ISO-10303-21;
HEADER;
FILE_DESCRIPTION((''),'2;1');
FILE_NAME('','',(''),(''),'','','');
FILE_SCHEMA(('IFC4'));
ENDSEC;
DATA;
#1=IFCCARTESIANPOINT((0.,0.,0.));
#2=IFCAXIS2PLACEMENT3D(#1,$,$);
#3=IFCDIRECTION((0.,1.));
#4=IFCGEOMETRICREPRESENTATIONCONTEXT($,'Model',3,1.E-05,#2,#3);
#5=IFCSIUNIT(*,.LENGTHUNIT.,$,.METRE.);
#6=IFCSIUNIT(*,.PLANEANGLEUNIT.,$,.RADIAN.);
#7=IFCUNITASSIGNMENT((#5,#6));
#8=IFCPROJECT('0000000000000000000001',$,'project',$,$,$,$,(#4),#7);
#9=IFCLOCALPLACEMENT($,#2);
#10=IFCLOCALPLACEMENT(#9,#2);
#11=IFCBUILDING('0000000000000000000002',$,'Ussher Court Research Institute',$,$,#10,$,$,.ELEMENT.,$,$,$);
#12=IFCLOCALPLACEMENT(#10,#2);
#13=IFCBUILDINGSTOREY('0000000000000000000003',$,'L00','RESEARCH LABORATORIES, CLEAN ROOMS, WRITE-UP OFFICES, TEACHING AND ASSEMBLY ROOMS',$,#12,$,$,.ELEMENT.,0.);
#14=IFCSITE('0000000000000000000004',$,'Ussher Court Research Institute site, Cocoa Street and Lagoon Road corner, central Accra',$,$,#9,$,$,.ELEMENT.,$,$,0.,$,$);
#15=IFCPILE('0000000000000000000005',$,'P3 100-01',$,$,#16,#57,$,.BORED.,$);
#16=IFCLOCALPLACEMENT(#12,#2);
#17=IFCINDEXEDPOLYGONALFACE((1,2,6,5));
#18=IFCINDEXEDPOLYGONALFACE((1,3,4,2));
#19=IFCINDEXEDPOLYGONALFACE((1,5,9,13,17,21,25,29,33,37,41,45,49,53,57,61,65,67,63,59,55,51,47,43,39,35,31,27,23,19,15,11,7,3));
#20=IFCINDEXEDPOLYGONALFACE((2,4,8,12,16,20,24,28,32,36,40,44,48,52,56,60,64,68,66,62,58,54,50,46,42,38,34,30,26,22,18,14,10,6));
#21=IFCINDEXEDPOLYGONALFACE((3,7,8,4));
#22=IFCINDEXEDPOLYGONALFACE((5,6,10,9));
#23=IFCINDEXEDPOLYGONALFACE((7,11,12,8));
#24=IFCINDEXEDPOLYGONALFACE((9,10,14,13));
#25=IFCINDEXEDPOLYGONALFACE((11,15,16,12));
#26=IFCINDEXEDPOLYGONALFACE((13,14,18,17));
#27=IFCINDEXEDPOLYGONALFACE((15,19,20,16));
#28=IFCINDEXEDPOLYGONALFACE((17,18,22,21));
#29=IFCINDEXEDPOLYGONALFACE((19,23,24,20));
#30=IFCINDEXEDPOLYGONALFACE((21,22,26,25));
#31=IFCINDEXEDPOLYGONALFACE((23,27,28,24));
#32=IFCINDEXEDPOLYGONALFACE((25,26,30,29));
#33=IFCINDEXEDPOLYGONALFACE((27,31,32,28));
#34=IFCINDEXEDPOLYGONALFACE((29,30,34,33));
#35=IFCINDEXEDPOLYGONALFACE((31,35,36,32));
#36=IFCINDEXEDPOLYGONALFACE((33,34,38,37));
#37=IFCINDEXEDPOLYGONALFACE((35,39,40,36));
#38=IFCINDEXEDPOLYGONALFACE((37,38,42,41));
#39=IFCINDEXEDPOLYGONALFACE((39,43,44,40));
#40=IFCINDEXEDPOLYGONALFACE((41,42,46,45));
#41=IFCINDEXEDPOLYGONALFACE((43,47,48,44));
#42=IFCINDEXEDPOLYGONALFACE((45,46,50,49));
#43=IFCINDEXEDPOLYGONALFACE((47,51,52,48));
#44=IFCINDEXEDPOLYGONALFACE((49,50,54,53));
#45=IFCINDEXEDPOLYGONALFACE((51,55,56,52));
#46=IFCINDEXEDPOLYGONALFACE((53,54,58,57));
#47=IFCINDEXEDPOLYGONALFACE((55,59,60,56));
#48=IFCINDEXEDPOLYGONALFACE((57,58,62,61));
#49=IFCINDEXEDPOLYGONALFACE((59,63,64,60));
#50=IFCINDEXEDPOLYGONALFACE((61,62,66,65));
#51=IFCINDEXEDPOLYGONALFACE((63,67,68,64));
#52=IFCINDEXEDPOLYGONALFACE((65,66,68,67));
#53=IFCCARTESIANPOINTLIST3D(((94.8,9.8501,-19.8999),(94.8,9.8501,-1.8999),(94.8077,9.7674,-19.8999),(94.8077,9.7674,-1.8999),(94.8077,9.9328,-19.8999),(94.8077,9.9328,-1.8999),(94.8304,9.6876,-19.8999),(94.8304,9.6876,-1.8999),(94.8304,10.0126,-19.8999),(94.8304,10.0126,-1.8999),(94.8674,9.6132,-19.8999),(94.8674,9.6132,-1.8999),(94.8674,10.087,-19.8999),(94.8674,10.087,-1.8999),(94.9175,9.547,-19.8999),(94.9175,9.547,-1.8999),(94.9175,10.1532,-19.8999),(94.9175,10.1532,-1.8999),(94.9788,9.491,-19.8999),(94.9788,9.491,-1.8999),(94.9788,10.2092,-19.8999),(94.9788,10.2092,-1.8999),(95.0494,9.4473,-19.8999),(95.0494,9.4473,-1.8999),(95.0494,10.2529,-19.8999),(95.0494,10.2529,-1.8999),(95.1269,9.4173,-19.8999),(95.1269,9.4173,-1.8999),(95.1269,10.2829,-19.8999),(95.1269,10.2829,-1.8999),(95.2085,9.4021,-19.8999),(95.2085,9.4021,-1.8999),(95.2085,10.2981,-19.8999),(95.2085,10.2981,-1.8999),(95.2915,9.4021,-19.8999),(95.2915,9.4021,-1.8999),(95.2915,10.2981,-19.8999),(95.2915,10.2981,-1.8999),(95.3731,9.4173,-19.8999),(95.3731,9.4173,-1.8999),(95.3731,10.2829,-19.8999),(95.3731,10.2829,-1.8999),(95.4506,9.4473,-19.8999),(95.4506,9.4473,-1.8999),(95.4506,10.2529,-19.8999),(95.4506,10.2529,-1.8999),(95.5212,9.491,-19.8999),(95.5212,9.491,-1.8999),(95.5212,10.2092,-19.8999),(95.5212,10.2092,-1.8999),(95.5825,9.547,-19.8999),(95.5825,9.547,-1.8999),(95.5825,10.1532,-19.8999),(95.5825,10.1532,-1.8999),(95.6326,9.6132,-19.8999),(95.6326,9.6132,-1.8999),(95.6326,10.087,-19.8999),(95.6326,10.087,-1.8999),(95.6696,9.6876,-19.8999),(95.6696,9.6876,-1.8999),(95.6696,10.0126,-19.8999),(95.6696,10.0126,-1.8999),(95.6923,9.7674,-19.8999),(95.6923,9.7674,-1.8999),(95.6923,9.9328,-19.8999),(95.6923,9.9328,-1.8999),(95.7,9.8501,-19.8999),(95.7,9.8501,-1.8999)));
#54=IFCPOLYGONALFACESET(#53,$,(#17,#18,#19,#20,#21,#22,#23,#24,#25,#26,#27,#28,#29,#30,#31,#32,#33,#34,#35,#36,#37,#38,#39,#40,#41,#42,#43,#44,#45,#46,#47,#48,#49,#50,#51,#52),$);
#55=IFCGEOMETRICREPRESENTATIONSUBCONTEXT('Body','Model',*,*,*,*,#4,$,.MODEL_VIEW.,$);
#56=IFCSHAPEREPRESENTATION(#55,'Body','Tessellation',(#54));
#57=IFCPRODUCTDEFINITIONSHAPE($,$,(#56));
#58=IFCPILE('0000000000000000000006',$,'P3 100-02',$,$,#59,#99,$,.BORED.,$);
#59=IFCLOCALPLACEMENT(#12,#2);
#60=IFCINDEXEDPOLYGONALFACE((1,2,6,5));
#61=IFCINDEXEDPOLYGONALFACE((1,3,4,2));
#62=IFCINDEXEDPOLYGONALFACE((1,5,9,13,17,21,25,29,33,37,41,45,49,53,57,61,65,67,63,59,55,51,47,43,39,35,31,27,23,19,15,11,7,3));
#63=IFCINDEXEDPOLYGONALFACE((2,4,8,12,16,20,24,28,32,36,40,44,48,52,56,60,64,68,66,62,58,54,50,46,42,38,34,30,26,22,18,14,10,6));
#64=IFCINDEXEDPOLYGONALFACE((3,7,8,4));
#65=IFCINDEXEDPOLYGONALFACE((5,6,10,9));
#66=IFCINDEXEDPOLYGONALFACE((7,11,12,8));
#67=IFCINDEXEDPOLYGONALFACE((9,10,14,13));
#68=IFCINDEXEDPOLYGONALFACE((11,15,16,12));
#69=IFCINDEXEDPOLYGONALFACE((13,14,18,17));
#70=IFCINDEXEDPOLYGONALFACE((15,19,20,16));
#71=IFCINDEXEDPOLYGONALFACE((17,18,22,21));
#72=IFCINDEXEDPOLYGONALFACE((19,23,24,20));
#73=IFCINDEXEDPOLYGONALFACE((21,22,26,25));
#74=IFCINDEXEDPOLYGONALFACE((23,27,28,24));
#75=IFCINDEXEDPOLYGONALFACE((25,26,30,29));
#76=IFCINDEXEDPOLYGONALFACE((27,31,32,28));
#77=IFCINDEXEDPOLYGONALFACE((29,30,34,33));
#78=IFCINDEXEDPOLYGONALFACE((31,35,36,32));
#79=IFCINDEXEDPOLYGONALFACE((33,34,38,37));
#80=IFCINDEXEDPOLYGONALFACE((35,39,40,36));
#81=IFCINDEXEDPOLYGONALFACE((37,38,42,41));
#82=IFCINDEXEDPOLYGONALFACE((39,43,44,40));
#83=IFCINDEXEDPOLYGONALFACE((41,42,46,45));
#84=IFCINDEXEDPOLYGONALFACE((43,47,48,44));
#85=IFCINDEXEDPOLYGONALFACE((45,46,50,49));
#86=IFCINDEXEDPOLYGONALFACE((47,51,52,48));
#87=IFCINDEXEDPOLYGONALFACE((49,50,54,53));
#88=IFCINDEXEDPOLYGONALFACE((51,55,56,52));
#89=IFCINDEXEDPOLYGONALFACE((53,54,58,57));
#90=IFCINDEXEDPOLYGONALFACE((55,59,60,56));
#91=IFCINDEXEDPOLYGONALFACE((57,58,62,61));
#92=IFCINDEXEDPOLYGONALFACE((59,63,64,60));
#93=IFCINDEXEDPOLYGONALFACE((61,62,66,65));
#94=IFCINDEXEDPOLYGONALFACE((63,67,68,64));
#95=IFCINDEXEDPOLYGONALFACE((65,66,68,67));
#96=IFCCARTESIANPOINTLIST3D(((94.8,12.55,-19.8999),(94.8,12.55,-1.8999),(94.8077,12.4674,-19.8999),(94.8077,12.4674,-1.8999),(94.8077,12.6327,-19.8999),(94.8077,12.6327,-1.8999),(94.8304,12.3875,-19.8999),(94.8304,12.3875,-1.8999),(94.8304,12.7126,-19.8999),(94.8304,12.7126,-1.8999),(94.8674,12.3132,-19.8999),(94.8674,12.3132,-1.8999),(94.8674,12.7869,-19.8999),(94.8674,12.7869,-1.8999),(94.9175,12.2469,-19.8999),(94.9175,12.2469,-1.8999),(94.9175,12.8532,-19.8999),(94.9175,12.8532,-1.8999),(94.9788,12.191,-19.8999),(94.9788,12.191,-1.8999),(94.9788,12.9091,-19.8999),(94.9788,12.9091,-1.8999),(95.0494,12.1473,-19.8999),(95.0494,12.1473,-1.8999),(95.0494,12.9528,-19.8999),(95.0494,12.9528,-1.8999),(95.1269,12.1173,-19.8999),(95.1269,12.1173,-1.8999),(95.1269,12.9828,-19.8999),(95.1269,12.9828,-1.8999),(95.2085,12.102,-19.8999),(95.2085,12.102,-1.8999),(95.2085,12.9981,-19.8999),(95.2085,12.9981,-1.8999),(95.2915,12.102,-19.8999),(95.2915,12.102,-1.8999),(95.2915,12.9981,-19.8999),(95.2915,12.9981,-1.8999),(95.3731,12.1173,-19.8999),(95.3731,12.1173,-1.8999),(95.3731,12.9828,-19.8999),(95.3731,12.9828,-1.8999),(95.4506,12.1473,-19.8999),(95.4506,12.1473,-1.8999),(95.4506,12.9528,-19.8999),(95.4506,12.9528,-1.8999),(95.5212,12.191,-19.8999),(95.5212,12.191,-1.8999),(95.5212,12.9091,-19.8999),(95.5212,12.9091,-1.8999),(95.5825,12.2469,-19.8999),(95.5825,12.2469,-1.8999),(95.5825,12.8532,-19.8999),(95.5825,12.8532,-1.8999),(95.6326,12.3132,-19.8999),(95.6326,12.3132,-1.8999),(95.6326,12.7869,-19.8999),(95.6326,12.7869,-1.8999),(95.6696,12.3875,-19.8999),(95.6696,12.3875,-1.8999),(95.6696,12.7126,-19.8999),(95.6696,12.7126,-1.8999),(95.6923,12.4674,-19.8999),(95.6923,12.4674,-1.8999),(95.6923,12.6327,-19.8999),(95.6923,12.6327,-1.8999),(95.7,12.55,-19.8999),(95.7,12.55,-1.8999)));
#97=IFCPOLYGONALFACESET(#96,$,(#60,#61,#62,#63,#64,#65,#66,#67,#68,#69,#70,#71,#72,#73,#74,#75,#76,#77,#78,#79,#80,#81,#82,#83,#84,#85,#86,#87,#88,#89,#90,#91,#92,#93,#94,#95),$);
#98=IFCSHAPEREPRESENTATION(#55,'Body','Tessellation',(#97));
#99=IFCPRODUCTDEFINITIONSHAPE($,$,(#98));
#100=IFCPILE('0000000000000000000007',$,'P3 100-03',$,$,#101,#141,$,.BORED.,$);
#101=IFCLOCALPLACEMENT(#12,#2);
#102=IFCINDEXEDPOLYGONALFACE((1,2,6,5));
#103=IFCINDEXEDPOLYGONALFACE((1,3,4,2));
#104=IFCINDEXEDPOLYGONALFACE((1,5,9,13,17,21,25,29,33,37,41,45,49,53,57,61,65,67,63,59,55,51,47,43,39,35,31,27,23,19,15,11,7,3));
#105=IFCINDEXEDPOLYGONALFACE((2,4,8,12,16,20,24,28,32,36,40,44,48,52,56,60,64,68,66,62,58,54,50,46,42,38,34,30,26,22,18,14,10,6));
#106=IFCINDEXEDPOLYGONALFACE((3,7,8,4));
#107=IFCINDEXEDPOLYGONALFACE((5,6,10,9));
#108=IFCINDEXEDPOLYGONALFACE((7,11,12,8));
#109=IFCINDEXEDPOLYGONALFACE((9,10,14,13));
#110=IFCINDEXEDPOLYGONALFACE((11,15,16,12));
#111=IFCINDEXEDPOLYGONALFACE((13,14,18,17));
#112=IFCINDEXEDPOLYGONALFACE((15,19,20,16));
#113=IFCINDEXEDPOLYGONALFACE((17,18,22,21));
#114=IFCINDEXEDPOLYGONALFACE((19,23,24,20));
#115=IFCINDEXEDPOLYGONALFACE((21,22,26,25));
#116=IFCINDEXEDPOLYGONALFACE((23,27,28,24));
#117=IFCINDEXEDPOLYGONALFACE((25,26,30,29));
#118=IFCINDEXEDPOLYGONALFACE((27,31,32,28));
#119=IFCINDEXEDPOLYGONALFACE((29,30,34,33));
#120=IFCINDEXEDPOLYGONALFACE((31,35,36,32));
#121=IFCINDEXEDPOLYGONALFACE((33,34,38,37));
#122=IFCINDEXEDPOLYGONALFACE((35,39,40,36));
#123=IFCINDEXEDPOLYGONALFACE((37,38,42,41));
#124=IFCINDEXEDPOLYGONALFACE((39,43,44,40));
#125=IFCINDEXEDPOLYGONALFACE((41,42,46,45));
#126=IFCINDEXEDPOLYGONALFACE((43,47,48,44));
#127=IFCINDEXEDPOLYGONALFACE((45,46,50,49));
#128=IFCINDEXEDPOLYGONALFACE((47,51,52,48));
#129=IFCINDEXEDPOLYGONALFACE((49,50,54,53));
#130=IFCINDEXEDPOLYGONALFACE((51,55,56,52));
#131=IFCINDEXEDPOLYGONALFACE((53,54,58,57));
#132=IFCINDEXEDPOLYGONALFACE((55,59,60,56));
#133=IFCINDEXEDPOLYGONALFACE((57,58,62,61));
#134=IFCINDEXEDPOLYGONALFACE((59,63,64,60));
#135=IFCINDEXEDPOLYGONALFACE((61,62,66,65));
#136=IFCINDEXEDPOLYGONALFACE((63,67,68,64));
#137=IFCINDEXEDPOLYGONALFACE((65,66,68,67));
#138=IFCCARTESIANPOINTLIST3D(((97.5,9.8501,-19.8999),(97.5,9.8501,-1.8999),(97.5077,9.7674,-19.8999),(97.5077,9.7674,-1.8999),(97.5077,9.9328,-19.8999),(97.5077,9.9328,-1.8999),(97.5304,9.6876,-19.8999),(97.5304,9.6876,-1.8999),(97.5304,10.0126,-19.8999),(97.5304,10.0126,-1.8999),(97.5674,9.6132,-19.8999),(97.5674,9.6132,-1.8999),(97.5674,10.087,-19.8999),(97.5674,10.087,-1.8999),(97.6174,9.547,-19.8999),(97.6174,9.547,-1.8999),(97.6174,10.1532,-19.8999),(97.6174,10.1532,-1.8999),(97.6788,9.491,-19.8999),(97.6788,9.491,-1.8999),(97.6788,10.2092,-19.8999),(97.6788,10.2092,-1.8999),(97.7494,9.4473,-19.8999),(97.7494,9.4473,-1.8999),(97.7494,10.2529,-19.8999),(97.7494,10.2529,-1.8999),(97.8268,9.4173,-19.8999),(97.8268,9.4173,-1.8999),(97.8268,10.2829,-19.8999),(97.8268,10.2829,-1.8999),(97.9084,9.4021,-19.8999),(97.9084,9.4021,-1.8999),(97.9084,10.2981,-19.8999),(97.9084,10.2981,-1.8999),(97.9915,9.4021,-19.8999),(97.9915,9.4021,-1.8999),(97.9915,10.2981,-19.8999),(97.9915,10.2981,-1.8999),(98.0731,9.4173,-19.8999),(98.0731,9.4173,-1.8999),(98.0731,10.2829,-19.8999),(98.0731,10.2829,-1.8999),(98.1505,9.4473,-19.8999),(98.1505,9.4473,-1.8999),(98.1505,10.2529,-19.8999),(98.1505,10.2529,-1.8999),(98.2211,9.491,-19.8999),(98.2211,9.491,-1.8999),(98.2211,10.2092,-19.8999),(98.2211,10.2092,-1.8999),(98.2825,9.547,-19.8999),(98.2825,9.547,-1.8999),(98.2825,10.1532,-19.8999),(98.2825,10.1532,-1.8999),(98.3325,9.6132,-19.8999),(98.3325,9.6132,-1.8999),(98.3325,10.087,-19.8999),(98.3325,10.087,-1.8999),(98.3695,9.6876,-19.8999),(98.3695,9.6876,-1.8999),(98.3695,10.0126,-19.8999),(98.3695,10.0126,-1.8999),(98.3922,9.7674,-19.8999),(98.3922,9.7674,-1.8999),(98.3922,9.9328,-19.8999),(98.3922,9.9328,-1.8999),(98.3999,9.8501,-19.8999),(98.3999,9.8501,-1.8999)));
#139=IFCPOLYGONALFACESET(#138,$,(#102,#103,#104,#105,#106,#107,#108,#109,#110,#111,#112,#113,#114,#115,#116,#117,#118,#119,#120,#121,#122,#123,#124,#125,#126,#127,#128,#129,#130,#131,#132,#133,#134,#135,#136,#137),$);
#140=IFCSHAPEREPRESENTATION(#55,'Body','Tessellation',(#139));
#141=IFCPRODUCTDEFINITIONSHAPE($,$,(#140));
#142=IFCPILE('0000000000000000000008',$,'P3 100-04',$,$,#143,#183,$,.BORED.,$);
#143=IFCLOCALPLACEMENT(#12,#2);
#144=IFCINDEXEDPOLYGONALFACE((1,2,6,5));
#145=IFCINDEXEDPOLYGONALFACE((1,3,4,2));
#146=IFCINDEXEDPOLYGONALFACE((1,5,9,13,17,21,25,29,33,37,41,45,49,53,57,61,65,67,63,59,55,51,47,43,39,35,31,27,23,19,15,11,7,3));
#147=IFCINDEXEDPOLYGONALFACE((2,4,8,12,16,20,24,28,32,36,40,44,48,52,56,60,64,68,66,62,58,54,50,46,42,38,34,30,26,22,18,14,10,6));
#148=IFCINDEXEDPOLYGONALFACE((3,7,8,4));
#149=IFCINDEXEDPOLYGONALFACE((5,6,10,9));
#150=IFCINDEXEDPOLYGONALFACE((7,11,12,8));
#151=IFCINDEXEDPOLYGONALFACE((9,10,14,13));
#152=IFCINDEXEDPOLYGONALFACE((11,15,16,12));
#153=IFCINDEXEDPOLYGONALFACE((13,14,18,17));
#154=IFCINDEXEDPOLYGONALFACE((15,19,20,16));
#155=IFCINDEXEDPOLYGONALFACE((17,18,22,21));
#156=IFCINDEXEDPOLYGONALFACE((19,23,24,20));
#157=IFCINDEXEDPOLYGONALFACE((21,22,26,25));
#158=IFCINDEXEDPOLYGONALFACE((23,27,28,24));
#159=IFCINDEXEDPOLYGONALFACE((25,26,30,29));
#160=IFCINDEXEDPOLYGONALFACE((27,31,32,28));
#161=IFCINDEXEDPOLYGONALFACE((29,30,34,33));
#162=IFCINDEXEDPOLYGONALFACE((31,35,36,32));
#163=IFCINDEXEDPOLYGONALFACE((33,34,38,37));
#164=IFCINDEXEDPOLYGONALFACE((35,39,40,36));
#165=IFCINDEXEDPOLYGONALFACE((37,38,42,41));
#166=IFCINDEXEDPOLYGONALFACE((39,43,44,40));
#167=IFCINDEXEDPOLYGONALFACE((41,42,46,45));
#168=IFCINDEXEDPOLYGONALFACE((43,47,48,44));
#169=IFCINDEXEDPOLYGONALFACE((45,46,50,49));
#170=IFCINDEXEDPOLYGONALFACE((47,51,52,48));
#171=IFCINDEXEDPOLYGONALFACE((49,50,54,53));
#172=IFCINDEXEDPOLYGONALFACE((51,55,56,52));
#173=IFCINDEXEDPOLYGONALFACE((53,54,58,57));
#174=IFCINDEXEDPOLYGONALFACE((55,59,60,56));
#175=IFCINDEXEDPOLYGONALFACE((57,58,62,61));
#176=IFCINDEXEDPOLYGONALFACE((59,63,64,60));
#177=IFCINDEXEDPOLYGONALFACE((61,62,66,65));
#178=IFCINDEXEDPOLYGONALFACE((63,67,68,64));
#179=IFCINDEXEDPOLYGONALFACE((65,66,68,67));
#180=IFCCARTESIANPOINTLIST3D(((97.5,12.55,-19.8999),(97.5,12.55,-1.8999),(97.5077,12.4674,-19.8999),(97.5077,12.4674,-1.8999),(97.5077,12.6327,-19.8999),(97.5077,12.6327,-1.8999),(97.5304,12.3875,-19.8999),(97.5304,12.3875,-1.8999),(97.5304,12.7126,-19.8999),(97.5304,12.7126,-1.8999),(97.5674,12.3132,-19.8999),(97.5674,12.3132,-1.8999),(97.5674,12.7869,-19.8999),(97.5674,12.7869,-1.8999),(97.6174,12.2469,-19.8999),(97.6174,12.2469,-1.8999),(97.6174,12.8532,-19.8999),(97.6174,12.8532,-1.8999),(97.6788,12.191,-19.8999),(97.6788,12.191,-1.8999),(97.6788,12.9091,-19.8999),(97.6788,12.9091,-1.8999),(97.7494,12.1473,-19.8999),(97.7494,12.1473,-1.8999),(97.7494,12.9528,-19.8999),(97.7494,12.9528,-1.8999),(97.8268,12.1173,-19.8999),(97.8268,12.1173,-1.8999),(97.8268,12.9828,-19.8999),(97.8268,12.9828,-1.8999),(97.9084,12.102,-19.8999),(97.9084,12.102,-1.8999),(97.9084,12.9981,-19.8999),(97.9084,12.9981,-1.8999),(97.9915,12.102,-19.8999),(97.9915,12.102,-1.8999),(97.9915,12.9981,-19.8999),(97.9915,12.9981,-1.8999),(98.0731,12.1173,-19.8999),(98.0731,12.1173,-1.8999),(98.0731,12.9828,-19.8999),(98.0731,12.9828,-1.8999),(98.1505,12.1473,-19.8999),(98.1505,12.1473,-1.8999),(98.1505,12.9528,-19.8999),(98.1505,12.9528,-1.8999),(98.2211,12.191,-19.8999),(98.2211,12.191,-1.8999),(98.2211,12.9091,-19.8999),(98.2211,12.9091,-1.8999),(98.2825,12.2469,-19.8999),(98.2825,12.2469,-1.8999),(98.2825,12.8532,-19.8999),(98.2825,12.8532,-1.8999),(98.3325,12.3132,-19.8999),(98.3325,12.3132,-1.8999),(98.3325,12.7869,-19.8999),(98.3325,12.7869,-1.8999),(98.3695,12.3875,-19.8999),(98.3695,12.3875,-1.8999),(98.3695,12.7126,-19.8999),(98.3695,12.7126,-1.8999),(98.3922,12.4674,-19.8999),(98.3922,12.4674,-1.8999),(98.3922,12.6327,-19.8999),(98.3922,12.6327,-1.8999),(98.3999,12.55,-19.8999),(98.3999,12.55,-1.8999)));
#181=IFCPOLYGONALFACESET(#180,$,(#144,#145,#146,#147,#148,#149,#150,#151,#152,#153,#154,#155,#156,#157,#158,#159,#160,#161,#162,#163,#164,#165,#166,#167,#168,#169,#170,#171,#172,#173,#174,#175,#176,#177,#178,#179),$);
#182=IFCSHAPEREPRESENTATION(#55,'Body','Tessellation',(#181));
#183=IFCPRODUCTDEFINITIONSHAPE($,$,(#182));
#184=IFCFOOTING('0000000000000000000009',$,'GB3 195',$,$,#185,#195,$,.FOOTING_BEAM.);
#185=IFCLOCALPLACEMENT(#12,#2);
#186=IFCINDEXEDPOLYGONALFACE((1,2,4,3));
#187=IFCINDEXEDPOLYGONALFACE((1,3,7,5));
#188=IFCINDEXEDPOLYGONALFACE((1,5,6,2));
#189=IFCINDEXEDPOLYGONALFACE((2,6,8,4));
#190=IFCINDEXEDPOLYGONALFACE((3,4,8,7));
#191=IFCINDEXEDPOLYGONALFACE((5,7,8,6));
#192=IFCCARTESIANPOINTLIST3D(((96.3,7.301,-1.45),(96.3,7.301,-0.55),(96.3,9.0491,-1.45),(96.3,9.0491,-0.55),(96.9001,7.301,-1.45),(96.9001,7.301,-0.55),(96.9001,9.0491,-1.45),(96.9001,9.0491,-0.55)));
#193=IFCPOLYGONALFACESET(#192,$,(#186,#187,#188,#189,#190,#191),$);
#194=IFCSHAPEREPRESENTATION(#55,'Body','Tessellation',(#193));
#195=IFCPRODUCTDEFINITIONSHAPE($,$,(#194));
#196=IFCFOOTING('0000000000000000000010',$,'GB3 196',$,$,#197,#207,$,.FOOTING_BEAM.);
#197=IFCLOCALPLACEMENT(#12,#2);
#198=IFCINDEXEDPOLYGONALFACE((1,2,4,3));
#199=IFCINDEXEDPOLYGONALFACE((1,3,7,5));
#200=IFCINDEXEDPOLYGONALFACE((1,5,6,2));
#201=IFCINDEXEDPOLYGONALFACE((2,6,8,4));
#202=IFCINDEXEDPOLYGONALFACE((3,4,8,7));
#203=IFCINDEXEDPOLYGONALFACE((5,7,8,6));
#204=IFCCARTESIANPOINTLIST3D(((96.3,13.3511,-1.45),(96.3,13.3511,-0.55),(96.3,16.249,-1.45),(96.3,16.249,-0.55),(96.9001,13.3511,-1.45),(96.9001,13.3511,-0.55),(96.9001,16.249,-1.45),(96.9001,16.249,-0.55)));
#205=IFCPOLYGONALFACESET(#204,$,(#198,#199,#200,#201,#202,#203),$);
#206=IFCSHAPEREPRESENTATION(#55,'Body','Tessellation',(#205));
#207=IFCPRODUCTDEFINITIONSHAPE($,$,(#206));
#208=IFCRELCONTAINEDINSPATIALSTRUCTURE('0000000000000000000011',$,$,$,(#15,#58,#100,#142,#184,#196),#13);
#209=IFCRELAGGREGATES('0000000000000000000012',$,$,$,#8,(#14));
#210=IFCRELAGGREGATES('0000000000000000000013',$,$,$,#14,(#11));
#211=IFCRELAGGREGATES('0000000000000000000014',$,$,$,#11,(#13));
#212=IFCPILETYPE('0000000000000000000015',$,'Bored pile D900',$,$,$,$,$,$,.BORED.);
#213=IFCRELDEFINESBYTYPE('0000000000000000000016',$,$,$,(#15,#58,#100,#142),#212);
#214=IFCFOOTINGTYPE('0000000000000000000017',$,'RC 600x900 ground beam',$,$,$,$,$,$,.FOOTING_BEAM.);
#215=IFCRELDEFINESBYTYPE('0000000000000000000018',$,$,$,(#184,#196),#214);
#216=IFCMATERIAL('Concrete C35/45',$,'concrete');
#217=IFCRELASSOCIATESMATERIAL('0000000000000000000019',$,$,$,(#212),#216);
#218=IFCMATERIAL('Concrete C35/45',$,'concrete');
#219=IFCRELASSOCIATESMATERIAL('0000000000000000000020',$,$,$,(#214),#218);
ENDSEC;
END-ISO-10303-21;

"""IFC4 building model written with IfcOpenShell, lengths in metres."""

from ifc_helpers import new_model, si_unit, direction, frame, origin, origin_2d, place, context, subcontext, project, spatial, rectangle, circle, extrude, material, material_profile, profile_set, type_object, element, save


model = new_model("IFC4")

# Units and contexts
model_context = context("Model", 3, precision=1e-05, world=origin(), true_north=direction((0.0, 1.0)))
body_context = subcontext(model_context, "Body", "Model", "MODEL_VIEW")
ifc_project = project(units=[si_unit("LENGTHUNIT", "METRE"), si_unit("PLANEANGLEUNIT", "RADIAN")], contexts=[model_context])

# Site, building, storey
site_placement = place(None, origin())
site = spatial("IfcSite", under=ifc_project, at=site_placement, Name="Ussher Court Research Institute site, Cocoa Street and Lagoon Road corner, central Accra", CompositionType="ELEMENT", RefElevation=0.0)
building_placement = place(site_placement, origin())
building = spatial("IfcBuilding", under=site, at=building_placement, Name="Ussher Court Research Institute", CompositionType="ELEMENT")
storey_placement = place(building_placement, origin())
storey = spatial("IfcBuildingStorey", under=building, at=storey_placement, Name="L00", Description="RESEARCH LABORATORIES, CLEAN ROOMS, WRITE-UP OFFICES, TEACHING AND ASSEMBLY ROOMS", CompositionType="ELEMENT", Elevation=0.0)

# Piles
ifc_material_1 = material(Name="Concrete C35/45", Category="concrete")
ifc_material_profile_1 = material_profile(ifc_material_1, circle(Radius=0.45, at=origin_2d()), Name="RC D900")
ifc_profile_set_1 = profile_set([ifc_material_profile_1], Name="Concrete C35/45")
pile_type = type_object("IfcPileType", Name="Bored pile D900", PredefinedType="BORED", material=ifc_profile_set_1)
for number, where, z_axis, x_axis, name in (
    (1, (95.25, 9.8501, -1.8999), (0.0, 0.0, -1.0), (1.0, 0.0, 0.0), "P3 100-01"),
    (2, (95.25, 12.55, -1.8999), (0.0, 0.0, -1.0), (1.0, 0.0, 0.0), "P3 100-02"),
    (3, (97.95, 9.8501, -1.8999), (0.0, 0.0, -1.0), (1.0, 0.0, 0.0), "P3 100-03"),
    (4, (97.95, 12.55, -1.8999), (0.0, 0.0, -1.0), (1.0, 0.0, 0.0), "P3 100-04"),
):
    element("IfcPile", number, at=place(storey_placement, frame(where, z_axis=z_axis, x_axis=x_axis)), inside=storey, type_object=pile_type, Name=name, PredefinedType="BORED", context=body_context, shape_type="SweptSolid", body=[
        extrude(circle(Radius=0.45, at=origin_2d()), origin(), (0.0, 0.0, 1.0), 18.0),
    ])

# Footings
ifc_material_2 = material(Name="Concrete C35/45", Category="concrete")
ifc_material_profile_2 = material_profile(ifc_material_2, rectangle(XDim=0.6001, YDim=0.8999, at=origin_2d()), Name="RC 600x900")
ifc_profile_set_2 = profile_set([ifc_material_profile_2], Name="Concrete C35/45")
footing_type = type_object("IfcFootingType", Name="RC 600x900 ground beam", PredefinedType="FOOTING_BEAM", material=ifc_profile_set_2)
footing_1_placement = place(storey_placement, frame((96.6001, 7.301, -1.0), z_axis=(0.0, 1.0, 0.0), x_axis=(-1.0, 0.0, 0.0)))
element("IfcFooting", 5, at=footing_1_placement, inside=storey, type_object=footing_type, Name="GB3 195", PredefinedType="FOOTING_BEAM", context=body_context, shape_type="SweptSolid", body=[
    extrude(rectangle(XDim=0.6001, YDim=0.8999, at=origin_2d()), origin(), (0.0, 0.0, 1.0), 1.748),
])
footing_2_placement = place(storey_placement, frame((96.6001, 13.3511, -1.0), z_axis=(0.0, 1.0, 0.0), x_axis=(-1.0, 0.0, 0.0)))
element("IfcFooting", 6, at=footing_2_placement, inside=storey, type_object=footing_type, Name="GB3 196", PredefinedType="FOOTING_BEAM", context=body_context, shape_type="SweptSolid", body=[
    extrude(rectangle(XDim=0.6001, YDim=0.8999, at=origin_2d()), origin(), (0.0, 0.0, 1.0), 2.8979),
])

save(model, "model.ifc")
